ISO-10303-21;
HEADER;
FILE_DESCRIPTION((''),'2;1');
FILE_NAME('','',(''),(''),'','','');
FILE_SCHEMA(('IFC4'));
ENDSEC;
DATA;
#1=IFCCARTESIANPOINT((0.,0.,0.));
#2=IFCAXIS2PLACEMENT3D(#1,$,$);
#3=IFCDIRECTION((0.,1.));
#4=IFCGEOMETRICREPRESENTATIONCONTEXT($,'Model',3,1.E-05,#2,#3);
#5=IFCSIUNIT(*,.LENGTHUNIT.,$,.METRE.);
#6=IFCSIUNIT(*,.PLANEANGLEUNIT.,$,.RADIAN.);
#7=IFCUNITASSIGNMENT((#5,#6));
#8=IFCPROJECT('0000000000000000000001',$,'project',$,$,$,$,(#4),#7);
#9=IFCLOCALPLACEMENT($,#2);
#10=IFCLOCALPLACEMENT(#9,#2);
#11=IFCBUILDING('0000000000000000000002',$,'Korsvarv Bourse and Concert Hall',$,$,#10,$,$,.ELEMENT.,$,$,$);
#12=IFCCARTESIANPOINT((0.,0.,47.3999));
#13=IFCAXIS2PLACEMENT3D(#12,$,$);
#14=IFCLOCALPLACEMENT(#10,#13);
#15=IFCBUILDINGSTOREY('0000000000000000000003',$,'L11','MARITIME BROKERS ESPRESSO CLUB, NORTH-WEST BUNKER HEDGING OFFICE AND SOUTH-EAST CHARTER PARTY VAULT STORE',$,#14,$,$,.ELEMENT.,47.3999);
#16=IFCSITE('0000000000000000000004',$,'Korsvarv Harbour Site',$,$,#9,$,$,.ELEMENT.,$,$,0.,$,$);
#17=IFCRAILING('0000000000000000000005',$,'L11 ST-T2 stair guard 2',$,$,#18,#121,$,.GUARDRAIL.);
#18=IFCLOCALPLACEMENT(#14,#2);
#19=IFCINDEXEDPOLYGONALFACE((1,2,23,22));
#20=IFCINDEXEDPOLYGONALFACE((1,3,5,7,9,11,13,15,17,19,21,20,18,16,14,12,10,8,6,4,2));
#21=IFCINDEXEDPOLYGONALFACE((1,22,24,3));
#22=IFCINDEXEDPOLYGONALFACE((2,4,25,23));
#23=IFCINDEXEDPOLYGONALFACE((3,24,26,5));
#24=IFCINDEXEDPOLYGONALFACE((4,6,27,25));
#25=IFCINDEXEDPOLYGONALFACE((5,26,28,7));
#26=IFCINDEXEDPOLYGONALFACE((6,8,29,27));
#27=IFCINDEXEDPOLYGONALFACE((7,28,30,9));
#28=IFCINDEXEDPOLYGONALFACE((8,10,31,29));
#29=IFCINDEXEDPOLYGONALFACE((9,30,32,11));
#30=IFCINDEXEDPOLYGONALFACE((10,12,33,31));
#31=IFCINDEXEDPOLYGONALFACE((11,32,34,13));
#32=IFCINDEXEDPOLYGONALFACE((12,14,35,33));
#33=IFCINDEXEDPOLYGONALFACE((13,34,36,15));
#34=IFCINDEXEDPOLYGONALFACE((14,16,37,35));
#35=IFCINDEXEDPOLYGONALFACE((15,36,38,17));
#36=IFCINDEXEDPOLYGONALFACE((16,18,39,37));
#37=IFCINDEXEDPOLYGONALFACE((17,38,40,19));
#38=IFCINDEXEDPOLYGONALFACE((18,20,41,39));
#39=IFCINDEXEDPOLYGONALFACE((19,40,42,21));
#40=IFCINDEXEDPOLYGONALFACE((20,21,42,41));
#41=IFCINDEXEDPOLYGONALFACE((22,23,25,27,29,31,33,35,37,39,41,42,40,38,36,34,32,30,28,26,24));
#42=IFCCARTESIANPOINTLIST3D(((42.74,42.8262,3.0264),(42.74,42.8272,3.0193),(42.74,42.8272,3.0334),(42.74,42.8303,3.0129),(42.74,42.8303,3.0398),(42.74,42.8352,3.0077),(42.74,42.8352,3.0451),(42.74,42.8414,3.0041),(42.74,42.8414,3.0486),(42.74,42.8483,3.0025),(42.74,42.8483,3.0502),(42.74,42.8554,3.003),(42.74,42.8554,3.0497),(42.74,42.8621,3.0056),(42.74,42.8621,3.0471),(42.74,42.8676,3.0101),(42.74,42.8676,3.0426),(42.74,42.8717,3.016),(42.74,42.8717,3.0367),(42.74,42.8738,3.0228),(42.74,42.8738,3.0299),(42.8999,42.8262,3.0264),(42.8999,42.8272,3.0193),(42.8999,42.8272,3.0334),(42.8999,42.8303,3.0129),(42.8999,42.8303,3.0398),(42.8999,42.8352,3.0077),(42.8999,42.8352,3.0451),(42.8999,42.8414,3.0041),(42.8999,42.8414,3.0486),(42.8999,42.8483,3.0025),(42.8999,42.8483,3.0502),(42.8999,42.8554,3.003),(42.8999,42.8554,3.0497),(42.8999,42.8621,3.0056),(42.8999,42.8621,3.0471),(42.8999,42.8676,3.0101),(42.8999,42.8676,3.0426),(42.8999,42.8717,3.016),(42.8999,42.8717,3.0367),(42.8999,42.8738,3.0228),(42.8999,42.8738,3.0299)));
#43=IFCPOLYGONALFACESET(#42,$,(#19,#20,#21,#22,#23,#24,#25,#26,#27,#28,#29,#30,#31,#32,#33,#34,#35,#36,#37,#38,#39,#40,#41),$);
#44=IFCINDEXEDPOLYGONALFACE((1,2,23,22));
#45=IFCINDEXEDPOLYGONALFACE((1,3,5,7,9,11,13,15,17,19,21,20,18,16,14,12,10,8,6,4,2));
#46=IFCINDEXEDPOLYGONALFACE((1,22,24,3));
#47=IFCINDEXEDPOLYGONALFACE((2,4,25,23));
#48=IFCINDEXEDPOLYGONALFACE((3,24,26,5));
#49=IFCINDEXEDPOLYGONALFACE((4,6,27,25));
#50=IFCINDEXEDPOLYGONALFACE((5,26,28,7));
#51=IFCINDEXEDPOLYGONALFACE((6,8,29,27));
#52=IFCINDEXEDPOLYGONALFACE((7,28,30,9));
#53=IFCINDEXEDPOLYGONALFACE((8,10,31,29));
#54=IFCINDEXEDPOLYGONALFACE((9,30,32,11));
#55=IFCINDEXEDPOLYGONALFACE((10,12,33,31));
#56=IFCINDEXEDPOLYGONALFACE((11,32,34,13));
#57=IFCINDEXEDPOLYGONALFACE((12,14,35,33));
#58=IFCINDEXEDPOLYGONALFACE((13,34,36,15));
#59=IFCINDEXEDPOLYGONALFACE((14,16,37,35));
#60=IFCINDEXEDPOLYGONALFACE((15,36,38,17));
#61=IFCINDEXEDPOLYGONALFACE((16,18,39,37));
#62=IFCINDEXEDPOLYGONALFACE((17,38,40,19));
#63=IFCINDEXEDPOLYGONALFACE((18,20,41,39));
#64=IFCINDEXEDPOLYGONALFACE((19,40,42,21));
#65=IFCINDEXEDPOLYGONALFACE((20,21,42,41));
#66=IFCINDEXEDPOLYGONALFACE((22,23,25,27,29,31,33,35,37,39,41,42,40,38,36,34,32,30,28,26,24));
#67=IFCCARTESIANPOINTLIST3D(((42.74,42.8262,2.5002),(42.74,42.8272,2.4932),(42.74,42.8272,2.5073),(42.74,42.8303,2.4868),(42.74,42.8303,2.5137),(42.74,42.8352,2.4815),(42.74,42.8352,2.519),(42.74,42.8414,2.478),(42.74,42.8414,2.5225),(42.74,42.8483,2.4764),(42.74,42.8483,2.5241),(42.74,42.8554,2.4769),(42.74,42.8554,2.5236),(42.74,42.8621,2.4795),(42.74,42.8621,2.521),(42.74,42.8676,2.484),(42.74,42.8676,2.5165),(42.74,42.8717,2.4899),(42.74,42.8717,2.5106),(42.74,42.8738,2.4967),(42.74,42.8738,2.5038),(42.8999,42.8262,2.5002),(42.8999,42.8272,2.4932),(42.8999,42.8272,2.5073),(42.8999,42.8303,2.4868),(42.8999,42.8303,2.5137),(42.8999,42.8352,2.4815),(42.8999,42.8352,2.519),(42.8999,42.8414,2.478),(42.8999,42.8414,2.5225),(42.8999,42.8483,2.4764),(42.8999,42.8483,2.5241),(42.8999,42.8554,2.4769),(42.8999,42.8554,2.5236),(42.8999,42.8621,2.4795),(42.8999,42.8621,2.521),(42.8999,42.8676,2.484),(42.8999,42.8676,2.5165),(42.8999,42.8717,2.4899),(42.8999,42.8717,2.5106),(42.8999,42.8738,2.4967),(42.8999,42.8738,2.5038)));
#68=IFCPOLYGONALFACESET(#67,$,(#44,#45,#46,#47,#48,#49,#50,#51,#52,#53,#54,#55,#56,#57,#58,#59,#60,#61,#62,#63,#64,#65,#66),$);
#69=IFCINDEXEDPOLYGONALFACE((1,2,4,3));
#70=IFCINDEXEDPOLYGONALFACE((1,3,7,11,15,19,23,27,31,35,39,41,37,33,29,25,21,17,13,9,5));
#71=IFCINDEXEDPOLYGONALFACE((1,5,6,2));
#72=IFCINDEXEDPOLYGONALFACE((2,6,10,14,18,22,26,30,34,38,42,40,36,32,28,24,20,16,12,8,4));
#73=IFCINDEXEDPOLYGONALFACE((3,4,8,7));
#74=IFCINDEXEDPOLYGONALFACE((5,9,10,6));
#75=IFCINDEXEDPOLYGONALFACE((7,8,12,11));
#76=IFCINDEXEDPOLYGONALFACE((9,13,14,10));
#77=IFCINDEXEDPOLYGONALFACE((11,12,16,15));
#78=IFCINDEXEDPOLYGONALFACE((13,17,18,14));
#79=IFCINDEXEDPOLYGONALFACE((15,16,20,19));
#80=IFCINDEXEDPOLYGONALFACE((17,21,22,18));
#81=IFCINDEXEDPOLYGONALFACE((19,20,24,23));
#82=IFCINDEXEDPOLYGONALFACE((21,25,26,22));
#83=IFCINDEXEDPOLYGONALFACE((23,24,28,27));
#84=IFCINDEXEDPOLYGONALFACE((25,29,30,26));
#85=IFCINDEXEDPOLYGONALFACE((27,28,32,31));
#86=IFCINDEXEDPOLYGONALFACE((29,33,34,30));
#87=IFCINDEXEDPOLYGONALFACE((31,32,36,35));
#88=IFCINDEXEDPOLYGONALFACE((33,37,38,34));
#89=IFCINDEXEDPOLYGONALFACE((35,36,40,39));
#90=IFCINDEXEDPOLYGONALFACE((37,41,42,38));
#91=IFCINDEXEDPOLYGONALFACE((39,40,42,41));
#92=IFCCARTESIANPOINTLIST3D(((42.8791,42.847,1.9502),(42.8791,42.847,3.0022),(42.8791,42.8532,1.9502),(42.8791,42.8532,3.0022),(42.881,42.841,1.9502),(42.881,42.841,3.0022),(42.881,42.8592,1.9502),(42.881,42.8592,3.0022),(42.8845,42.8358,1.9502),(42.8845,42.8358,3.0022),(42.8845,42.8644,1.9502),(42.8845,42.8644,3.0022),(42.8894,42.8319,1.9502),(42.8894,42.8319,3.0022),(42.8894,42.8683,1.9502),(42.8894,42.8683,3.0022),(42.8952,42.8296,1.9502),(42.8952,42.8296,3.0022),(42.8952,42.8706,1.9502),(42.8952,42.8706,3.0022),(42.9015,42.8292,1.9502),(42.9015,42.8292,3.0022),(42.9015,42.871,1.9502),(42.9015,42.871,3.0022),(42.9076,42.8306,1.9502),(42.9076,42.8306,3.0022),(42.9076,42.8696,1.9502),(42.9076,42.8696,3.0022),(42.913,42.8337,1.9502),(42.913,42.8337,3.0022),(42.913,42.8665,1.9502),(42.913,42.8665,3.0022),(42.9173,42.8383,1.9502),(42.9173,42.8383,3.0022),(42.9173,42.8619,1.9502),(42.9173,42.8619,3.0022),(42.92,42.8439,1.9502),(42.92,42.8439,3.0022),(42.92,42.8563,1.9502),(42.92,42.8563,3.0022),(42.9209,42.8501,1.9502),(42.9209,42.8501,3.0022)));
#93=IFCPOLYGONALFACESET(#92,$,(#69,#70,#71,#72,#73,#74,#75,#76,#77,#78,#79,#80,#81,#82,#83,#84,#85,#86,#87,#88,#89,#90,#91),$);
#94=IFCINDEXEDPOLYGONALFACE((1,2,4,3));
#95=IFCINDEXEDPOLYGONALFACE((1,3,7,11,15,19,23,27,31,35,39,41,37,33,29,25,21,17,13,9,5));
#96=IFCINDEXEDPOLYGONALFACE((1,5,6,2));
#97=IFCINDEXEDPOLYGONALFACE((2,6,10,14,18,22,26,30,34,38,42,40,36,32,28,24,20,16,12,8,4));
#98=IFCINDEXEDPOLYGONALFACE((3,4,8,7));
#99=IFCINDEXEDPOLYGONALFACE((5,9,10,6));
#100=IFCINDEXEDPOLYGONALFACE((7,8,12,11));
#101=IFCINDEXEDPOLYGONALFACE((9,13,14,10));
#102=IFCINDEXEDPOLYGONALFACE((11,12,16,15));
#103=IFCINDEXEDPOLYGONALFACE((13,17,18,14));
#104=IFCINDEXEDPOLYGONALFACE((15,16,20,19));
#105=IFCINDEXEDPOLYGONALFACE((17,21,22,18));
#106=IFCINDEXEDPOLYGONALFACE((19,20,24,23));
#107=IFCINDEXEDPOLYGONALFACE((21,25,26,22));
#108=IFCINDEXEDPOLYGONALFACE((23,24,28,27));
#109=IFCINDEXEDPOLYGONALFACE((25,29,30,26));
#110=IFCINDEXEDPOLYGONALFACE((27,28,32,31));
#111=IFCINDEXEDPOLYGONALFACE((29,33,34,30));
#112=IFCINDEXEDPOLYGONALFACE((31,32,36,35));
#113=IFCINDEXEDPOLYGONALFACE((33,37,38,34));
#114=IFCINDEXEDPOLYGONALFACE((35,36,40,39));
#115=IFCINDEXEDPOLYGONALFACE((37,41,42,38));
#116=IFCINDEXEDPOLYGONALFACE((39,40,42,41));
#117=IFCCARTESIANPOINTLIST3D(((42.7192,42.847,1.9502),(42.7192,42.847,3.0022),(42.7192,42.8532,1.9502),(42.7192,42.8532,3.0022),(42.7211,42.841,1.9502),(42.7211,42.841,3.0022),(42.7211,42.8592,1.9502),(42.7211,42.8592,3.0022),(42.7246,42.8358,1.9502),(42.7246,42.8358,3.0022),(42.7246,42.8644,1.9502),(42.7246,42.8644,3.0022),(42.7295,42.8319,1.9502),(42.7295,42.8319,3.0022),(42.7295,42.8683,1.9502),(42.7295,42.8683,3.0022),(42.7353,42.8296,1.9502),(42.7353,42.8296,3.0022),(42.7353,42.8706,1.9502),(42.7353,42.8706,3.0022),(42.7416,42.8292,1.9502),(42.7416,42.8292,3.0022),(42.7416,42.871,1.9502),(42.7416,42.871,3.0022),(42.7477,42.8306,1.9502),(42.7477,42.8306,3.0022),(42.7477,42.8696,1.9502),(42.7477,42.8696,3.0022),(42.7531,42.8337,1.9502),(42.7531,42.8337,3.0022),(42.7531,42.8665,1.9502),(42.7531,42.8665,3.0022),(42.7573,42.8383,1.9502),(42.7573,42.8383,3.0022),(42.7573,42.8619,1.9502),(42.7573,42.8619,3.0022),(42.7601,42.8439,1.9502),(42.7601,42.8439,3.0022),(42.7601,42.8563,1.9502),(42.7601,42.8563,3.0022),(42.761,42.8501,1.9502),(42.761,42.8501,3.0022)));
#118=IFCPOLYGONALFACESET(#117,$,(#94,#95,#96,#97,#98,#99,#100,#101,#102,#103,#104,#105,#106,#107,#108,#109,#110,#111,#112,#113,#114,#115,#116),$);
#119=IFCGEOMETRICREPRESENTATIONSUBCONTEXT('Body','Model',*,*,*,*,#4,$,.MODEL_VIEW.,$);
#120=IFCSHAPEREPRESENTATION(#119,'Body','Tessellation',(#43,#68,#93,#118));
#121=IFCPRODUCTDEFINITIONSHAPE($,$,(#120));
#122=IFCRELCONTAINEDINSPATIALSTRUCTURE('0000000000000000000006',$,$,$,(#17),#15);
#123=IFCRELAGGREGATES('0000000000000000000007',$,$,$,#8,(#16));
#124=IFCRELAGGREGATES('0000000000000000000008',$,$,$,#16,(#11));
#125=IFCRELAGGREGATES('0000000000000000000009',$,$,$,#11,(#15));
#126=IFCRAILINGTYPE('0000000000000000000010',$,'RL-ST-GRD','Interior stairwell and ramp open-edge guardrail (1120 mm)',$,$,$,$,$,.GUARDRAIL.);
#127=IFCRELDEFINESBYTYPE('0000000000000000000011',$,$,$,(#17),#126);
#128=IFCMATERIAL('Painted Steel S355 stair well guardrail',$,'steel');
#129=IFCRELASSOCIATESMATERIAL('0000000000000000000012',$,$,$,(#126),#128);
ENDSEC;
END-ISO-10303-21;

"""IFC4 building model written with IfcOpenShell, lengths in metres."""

from ifc_helpers import new_model, si_unit, direction, frame, origin, origin_2d, place, context, subcontext, project, spatial, circle, extrude, material, type_object, element, save


model = new_model("IFC4")

# Units and contexts
model_context = context("Model", 3, precision=1e-05, world=origin(), true_north=direction((0.0, 1.0)))
body_context = subcontext(model_context, "Body", "Model", "MODEL_VIEW")
ifc_project = project(units=[si_unit("LENGTHUNIT", "METRE"), si_unit("PLANEANGLEUNIT", "RADIAN")], contexts=[model_context])

# Site, building, storey
site_placement = place(None, origin())
site = spatial("IfcSite", under=ifc_project, at=site_placement, Name="Korsvarv Harbour Site", CompositionType="ELEMENT", RefElevation=0.0)
building_placement = place(site_placement, origin())
building = spatial("IfcBuilding", under=site, at=building_placement, Name="Korsvarv Bourse and Concert Hall", CompositionType="ELEMENT")
storey_placement = place(building_placement, frame((0.0, 0.0, 47.3999)))
storey = spatial("IfcBuildingStorey", under=building, at=storey_placement, Name="L11", Description="MARITIME BROKERS ESPRESSO CLUB, NORTH-WEST BUNKER HEDGING OFFICE AND SOUTH-EAST CHARTER PARTY VAULT STORE", CompositionType="ELEMENT", Elevation=47.3999)

# Railing
ifc_material_1 = material(Name="Painted Steel S355 stair well guardrail", Category="steel")
railing_type_1 = type_object("IfcRailingType", Name="RL-ST-GRD", Description="Interior stairwell and ramp open-edge guardrail (1120 mm)", PredefinedType="GUARDRAIL", material=ifc_material_1)
railing_1_placement = place(storey_placement, frame((42.8999, 42.8501, 1.9502)))
element("IfcRailing", 1, at=railing_1_placement, inside=storey, type_object=railing_type_1, Name="L11 ST-T2 stair guard 2", PredefinedType="GUARDRAIL", context=body_context, shape_type="SweptSolid", body=[
    extrude(circle(Radius=0.0239, at=origin_2d()), frame((0.0, 0.0, 1.0762), z_axis=(-1.0, 0.0, 0.0), x_axis=(0.0, -1.0, 0.0)), (0.0, 0.0, 1.0), 0.1599),
    extrude(circle(Radius=0.0239, at=origin_2d()), frame((0.0, 0.0, 0.55), z_axis=(-1.0, 0.0, 0.0), x_axis=(0.0, -1.0, 0.0)), (0.0, 0.0, 1.0), 0.1599),
    extrude(circle(Radius=0.021, at=origin_2d()), origin(), (0.0, 0.0, 1.0), 1.052),
    extrude(circle(Radius=0.021, at=origin_2d()), frame((-0.1599, 0.0, 0.0)), (0.0, 0.0, 1.0), 1.052),
])

save(model, "model.ifc")
